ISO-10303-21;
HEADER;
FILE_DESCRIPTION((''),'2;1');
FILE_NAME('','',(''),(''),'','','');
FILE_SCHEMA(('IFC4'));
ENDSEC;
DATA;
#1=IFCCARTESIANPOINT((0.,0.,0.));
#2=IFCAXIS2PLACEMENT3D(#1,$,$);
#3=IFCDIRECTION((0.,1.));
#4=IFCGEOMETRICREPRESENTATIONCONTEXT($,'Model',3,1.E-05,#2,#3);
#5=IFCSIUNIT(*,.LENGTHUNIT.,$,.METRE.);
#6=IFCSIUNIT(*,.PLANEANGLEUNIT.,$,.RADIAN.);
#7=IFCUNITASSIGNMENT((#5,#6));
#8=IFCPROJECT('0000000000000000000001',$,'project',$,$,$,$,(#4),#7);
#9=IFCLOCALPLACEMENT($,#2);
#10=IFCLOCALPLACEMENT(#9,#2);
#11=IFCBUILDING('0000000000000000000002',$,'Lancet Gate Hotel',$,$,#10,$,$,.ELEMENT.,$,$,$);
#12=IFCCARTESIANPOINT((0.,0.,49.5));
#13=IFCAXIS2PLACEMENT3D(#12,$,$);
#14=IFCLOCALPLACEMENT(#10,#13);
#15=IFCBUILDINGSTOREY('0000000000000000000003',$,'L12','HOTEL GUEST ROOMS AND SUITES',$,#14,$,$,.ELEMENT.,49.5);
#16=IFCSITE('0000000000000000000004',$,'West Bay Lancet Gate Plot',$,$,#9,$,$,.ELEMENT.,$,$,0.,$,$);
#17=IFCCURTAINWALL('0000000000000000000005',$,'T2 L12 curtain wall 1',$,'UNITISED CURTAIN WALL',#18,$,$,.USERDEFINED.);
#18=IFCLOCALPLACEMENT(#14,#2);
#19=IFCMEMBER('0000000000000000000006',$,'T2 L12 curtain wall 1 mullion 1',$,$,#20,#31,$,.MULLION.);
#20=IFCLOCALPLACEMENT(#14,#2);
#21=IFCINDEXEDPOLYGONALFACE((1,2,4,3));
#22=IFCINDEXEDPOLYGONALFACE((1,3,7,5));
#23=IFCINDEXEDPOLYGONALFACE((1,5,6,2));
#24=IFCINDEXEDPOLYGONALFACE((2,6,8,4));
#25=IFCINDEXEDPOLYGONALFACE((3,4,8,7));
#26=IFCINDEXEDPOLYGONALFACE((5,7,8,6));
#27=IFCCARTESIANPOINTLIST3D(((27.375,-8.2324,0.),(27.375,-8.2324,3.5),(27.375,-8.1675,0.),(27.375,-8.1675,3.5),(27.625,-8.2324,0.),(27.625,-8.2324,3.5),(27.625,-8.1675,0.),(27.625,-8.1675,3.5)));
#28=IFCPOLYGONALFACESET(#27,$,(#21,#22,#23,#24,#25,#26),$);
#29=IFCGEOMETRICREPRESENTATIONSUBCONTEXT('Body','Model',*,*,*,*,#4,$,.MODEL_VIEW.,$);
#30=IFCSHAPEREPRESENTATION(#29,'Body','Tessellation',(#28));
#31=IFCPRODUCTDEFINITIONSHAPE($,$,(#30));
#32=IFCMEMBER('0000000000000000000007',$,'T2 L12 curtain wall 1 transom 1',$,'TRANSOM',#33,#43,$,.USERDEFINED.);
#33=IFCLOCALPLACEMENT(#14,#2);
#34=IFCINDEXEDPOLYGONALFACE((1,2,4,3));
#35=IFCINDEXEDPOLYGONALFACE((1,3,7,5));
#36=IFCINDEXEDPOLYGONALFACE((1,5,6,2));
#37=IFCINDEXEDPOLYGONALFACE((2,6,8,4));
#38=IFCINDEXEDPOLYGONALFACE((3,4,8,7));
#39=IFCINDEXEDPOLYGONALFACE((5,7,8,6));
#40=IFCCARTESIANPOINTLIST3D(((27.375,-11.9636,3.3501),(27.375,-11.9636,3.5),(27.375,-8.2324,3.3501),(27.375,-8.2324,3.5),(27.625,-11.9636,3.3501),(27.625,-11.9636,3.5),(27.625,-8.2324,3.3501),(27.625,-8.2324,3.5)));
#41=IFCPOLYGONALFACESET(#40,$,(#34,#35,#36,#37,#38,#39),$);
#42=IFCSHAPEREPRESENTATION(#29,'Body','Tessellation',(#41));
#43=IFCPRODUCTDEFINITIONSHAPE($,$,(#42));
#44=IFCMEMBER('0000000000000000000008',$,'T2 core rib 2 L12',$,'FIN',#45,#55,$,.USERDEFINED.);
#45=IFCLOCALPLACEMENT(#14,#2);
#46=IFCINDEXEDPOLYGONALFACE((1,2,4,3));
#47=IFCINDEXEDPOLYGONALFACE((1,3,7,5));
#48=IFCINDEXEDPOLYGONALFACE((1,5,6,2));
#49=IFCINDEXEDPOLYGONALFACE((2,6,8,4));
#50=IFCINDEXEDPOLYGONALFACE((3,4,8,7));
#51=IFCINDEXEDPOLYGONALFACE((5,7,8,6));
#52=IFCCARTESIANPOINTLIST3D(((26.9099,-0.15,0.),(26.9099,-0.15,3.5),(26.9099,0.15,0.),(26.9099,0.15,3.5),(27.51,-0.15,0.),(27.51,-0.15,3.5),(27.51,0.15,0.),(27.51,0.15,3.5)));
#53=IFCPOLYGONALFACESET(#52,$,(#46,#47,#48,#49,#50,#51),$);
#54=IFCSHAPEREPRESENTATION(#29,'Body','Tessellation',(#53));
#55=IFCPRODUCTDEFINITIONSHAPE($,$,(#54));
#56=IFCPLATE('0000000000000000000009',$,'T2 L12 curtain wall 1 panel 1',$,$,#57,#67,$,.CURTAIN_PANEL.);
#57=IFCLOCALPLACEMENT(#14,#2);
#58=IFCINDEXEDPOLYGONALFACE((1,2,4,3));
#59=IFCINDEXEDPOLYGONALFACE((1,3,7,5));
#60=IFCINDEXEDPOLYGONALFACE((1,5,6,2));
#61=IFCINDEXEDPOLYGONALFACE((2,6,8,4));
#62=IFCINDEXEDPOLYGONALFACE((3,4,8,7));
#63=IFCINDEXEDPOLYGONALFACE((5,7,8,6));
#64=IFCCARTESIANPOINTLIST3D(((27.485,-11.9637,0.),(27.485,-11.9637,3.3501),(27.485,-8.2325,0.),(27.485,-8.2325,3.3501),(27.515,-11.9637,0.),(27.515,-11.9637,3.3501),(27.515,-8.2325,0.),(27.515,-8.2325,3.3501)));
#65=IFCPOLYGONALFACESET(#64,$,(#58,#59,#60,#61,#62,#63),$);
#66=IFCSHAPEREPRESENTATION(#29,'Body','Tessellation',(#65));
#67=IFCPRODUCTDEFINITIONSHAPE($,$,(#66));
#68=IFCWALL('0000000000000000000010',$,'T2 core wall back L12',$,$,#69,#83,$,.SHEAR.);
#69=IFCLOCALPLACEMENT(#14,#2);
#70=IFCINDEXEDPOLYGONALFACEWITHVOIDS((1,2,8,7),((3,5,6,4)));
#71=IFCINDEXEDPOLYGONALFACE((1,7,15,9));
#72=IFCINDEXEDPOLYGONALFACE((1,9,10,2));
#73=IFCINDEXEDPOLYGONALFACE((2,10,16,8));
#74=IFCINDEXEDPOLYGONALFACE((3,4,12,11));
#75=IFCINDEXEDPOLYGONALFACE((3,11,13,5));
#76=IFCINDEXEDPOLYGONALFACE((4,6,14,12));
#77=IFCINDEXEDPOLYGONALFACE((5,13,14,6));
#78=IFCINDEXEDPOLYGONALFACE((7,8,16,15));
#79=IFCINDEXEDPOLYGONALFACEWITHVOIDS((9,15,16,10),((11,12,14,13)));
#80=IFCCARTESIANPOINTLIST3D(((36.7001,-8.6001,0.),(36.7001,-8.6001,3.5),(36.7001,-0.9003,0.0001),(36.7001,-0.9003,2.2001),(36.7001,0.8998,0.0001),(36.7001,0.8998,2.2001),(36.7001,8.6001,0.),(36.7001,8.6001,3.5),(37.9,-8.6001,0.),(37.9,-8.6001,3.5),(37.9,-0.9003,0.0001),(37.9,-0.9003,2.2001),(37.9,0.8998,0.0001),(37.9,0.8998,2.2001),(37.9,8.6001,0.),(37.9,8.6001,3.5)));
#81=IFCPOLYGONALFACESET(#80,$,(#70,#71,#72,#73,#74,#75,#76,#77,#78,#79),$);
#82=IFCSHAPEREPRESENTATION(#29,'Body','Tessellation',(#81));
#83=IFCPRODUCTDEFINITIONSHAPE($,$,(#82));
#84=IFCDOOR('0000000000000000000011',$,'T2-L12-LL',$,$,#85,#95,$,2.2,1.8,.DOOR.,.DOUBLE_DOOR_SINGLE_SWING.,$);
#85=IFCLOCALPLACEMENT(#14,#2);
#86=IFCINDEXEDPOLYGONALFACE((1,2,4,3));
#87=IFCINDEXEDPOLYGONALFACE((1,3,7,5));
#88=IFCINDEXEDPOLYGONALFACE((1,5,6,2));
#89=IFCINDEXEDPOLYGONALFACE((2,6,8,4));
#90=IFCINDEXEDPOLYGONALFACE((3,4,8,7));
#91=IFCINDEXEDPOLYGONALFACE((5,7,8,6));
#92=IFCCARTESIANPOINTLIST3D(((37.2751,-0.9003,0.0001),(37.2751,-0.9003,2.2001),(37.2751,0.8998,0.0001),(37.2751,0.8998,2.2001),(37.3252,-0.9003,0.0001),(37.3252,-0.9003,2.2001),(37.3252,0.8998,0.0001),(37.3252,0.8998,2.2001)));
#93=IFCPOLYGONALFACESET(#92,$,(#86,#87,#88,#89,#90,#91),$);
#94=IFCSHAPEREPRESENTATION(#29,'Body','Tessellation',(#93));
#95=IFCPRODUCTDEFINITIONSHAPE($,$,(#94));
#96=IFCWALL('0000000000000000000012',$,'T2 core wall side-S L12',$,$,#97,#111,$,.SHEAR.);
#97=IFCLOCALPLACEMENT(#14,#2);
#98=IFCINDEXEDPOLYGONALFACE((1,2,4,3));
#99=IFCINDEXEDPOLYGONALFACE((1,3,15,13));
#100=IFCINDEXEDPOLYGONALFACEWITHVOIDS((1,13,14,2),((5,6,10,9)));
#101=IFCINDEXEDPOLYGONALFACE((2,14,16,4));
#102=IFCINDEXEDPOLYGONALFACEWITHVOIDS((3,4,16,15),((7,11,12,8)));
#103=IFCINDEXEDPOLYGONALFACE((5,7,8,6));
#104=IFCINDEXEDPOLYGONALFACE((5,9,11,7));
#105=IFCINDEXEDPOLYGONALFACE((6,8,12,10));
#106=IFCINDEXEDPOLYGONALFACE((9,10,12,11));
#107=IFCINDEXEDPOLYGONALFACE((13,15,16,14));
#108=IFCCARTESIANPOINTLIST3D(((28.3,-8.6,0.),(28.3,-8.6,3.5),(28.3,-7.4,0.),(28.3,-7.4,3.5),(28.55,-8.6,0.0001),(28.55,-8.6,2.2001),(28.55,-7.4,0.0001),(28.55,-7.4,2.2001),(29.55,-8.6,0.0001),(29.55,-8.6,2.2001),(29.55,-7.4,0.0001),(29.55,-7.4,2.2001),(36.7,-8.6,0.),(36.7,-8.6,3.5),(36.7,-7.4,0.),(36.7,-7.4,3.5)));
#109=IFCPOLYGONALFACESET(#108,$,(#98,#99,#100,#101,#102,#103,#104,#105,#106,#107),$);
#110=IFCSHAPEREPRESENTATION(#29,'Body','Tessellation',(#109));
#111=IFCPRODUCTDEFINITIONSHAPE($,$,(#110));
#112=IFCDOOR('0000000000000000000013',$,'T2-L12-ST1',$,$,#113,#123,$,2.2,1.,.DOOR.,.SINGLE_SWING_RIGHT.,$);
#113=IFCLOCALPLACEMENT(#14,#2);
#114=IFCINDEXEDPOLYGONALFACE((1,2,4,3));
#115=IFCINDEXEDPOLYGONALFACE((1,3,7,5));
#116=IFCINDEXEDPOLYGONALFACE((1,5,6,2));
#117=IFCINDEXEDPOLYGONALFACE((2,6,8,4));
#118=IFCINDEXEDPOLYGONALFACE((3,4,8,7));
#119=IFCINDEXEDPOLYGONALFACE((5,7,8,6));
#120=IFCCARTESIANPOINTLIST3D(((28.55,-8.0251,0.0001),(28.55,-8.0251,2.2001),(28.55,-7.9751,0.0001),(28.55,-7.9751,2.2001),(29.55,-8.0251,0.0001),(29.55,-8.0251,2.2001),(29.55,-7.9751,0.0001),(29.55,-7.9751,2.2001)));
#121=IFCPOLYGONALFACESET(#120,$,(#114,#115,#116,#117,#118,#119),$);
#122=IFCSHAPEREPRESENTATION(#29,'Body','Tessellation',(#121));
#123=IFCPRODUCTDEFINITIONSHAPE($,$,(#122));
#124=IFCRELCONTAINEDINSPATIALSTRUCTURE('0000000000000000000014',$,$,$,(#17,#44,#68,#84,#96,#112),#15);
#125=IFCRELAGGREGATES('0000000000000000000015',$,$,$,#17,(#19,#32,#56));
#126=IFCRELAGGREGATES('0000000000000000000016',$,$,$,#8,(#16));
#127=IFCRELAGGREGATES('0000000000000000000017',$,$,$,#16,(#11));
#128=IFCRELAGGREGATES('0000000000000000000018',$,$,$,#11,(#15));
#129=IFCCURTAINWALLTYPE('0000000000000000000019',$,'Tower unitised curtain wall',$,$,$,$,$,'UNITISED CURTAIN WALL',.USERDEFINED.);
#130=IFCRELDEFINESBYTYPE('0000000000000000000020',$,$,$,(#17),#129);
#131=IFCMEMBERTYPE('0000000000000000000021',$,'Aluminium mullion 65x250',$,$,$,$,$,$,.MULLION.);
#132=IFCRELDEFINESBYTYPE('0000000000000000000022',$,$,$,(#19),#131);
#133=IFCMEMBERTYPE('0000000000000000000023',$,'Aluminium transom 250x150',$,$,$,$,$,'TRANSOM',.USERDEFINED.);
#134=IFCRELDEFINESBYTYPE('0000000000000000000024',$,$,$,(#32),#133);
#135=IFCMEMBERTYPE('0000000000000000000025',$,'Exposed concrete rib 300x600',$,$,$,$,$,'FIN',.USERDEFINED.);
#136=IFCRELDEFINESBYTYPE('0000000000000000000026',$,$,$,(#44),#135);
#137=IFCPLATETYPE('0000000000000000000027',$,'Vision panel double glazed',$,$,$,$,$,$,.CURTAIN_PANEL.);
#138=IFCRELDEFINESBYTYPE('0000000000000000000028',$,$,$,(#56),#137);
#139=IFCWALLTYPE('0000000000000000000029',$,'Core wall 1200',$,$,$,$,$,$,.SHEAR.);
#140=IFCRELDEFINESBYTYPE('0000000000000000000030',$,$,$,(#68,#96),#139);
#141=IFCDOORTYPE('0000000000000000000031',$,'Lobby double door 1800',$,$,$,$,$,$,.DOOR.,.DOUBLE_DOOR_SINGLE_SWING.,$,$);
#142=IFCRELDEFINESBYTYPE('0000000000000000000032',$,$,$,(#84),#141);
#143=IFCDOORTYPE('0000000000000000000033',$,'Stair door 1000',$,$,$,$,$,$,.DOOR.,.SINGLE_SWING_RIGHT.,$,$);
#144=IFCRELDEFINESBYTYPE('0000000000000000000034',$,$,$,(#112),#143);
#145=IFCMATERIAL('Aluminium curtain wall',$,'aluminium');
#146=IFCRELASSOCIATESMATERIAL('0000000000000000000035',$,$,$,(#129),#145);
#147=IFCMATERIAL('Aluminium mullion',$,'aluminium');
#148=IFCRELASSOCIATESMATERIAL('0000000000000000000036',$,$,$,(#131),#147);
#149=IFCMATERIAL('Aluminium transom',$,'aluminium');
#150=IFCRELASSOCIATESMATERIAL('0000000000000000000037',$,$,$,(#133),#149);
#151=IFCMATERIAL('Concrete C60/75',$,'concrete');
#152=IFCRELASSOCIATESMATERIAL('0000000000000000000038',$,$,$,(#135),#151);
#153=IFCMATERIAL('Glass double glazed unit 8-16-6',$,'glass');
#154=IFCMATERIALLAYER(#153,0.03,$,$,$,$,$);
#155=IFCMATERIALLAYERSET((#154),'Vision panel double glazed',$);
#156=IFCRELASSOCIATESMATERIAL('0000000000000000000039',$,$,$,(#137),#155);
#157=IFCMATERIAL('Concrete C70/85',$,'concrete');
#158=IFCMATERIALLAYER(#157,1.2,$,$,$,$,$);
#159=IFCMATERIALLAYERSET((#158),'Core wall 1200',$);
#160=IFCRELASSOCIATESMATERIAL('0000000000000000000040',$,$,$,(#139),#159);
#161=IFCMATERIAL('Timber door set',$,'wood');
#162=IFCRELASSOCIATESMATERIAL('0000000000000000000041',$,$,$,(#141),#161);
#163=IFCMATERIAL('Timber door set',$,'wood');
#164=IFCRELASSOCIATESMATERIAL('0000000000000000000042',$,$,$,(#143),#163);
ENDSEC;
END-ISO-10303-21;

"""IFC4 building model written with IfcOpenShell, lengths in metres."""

from ifc_helpers import new_model, si_unit, direction, frame, frame_2d, origin, origin_2d, place, context, subcontext, project, spatial, rectangle, extrude, material, layer, layer_set, material_profile, profile_set, type_object, element, fill, aggregate, save


model = new_model("IFC4")

# Units and contexts
model_context = context("Model", 3, precision=1e-05, world=origin(), true_north=direction((0.0, 1.0)))
body_context = subcontext(model_context, "Body", "Model", "MODEL_VIEW")
ifc_project = project(units=[si_unit("LENGTHUNIT", "METRE"), si_unit("PLANEANGLEUNIT", "RADIAN")], contexts=[model_context])

# Site, building, storey
site_placement = place(None, origin())
site = spatial("IfcSite", under=ifc_project, at=site_placement, Name="West Bay Lancet Gate Plot", CompositionType="ELEMENT", RefElevation=0.0)
building_placement = place(site_placement, origin())
building = spatial("IfcBuilding", under=site, at=building_placement, Name="Lancet Gate Hotel", CompositionType="ELEMENT")
storey_placement = place(building_placement, frame((0.0, 0.0, 49.5)))
storey = spatial("IfcBuildingStorey", under=building, at=storey_placement, Name="L12", Description="HOTEL GUEST ROOMS AND SUITES", CompositionType="ELEMENT", Elevation=49.5)

# Curtain wall, members
ifc_material_1 = material(Name="Aluminium curtain wall", Category="aluminium")
curtain_wall_type = type_object("IfcCurtainWallType", Name="Tower unitised curtain wall", ElementType="UNITISED CURTAIN WALL", PredefinedType="USERDEFINED", material=ifc_material_1)
curtain_wall_placement = place(storey_placement, origin())
curtain_wall = element("IfcCurtainWall", 1, at=curtain_wall_placement, inside=storey, type_object=curtain_wall_type, Name="T2 L12 curtain wall 1", ObjectType="UNITISED CURTAIN WALL", PredefinedType="USERDEFINED")
ifc_material_2 = material(Name="Aluminium mullion", Category="aluminium")
ifc_material_profile_1 = material_profile(ifc_material_2, rectangle(XDim=0.0649, YDim=0.25, at=origin_2d()), Name="MULLION 65x250")
ifc_profile_set_1 = profile_set([ifc_material_profile_1], Name="Aluminium mullion")
member_type_1 = type_object("IfcMemberType", Name="Aluminium mullion 65x250", PredefinedType="MULLION", material=ifc_profile_set_1)
member_1_placement = place(storey_placement, frame((27.5, -8.2, 0.0), z_axis=(0.0, 0.0, 1.0), x_axis=(0.0, -1.0, 0.0)))
member_1 = element("IfcMember", 2, at=member_1_placement, type_object=member_type_1, Name="T2 L12 curtain wall 1 mullion 1", PredefinedType="MULLION", context=body_context, shape_type="SweptSolid", body=[
    extrude(rectangle(XDim=0.0649, YDim=0.25, at=origin_2d()), origin(), (0.0, 0.0, 1.0), 3.5),
])
ifc_material_3 = material(Name="Aluminium transom", Category="aluminium")
ifc_material_profile_2 = material_profile(ifc_material_3, rectangle(XDim=0.25, YDim=0.1499, at=origin_2d()), Name="TRANSOM 250x150")
ifc_profile_set_2 = profile_set([ifc_material_profile_2], Name="Aluminium transom")
member_type_2 = type_object("IfcMemberType", Name="Aluminium transom 250x150", ElementType="TRANSOM", PredefinedType="USERDEFINED", material=ifc_profile_set_2)
member_2_placement = place(storey_placement, frame((27.5, -8.2324, 3.425), z_axis=(0.0, -1.0, 0.0), x_axis=(1.0, 0.0, 0.0)))
member_2 = element("IfcMember", 3, at=member_2_placement, type_object=member_type_2, Name="T2 L12 curtain wall 1 transom 1", ObjectType="TRANSOM", PredefinedType="USERDEFINED", context=body_context, shape_type="SweptSolid", body=[
    extrude(rectangle(XDim=0.25, YDim=0.1499, at=origin_2d()), origin(), (0.0, 0.0, 1.0), 3.7312),
])

# Member
ifc_material_4 = material(Name="Concrete C60/75", Category="concrete")
ifc_material_profile_3 = material_profile(ifc_material_4, rectangle(XDim=0.3, YDim=0.6001, at=origin_2d()), Name="FIN 300x600")
ifc_profile_set_3 = profile_set([ifc_material_profile_3], Name="Concrete C60/75")
member_type_3 = type_object("IfcMemberType", Name="Exposed concrete rib 300x600", ElementType="FIN", PredefinedType="USERDEFINED", material=ifc_profile_set_3)
member_3_placement = place(storey_placement, frame((27.21, 0.0, 0.0), z_axis=(0.0, 0.0, 1.0), x_axis=(0.0, 1.0, 0.0)))
element("IfcMember", 4, at=member_3_placement, inside=storey, type_object=member_type_3, Name="T2 core rib 2 L12", ObjectType="FIN", PredefinedType="USERDEFINED", context=body_context, shape_type="SweptSolid", body=[
    extrude(rectangle(XDim=0.3, YDim=0.6001, at=origin_2d()), origin(), (0.0, 0.0, 1.0), 3.5),
])

# Plate
ifc_material_5 = material(Name="Glass double glazed unit 8-16-6", Category="glass")
ifc_layer_1 = layer(ifc_material_5, 0.03)
ifc_layer_set_1 = layer_set([ifc_layer_1], Name="Vision panel double glazed")
plate_type = type_object("IfcPlateType", Name="Vision panel double glazed", PredefinedType="CURTAIN_PANEL", material=ifc_layer_set_1)
plate_placement = place(storey_placement, frame((27.5, -10.0981, 0.0), z_axis=(0.0, 0.0, 1.0), x_axis=(0.0, -1.0, 0.0)))
plate = element("IfcPlate", 5, at=plate_placement, type_object=plate_type, Name="T2 L12 curtain wall 1 panel 1", PredefinedType="CURTAIN_PANEL", context=body_context, shape_type="SweptSolid", body=[
    extrude(rectangle(XDim=3.7312, YDim=0.03, at=origin_2d()), origin(), (0.0, 0.0, 1.0), 3.3501),
])
aggregate(curtain_wall, [member_1, member_2, plate])

# Walls, openings, doors
ifc_material_6 = material(Name="Concrete C70/85", Category="concrete")
ifc_layer_2 = layer(ifc_material_6, 1.2)
ifc_layer_set_2 = layer_set([ifc_layer_2], Name="Core wall 1200")
wall_type_1 = type_object("IfcWallType", Name="Core wall 1200", PredefinedType="SHEAR", material=ifc_layer_set_2)
wall_1_placement = place(storey_placement, frame((37.3, -8.6001, 0.0), z_axis=(0.0, 0.0, 1.0), x_axis=(0.0, 1.0, 0.0)))
wall_1 = element("IfcWall", 6, at=wall_1_placement, inside=storey, type_object=wall_type_1, Name="T2 core wall back L12", PredefinedType="SHEAR", context=body_context, shape_type="SweptSolid", body=[
    extrude(rectangle(XDim=17.2002, YDim=1.2, at=frame_2d((8.6001, 0.0))), origin(), (0.0, 0.0, 1.0), 3.5),
])
opening_1_placement = place(wall_1_placement, frame((7.7, 0.0, 0.0)))
opening_1 = element("IfcOpeningElement", 7, at=opening_1_placement, cuts=wall_1, PredefinedType="OPENING", context=body_context, shape_type="SweptSolid", body=[
    extrude(rectangle(XDim=1.8, YDim=2.2, at=frame_2d((0.8999, 1.1001))), frame((0.0, 0.6099, 0.0), z_axis=(0.0, -1.0, 0.0), x_axis=(1.0, 0.0, 0.0)), (0.0, 0.0, 1.0), 1.22),
])
ifc_material_7 = material(Name="Timber door set", Category="wood")
door_type_1 = type_object("IfcDoorType", Name="Lobby double door 1800", OperationType="DOUBLE_DOOR_SINGLE_SWING", PredefinedType="DOOR", material=ifc_material_7)
door_1_placement = place(opening_1_placement, origin())
door_1 = element("IfcDoor", 8, at=door_1_placement, inside=storey, type_object=door_type_1, Name="T2-L12-LL", OperationType="DOUBLE_DOOR_SINGLE_SWING", OverallHeight=2.2, OverallWidth=1.8, PredefinedType="DOOR", context=body_context, shape_type="SweptSolid", body=[
    extrude(rectangle(XDim=1.8, YDim=2.2, at=frame_2d((0.8999, 1.1001))), frame((0.0, 0.0249, 0.0), z_axis=(0.0, -1.0, 0.0), x_axis=(1.0, 0.0, 0.0)), (0.0, 0.0, 1.0), 0.05),
])
fill(opening_1, door_1)
wall_2_placement = place(storey_placement, frame((28.3, -8.0, 0.0), z_axis=(0.0, 0.0, 1.0), x_axis=(1.0, 0.0, 0.0)))
wall_2 = element("IfcWall", 9, at=wall_2_placement, inside=storey, type_object=wall_type_1, Name="T2 core wall side-S L12", PredefinedType="SHEAR", context=body_context, shape_type="SweptSolid", body=[
    extrude(rectangle(XDim=8.3999, YDim=1.2, at=frame_2d((4.2, 0.0))), origin(), (0.0, 0.0, 1.0), 3.5),
])
opening_2_placement = place(wall_2_placement, frame((0.25, 0.0, 0.0)))
opening_2 = element("IfcOpeningElement", 10, at=opening_2_placement, cuts=wall_2, PredefinedType="OPENING", context=body_context, shape_type="SweptSolid", body=[
    extrude(rectangle(XDim=1.0, YDim=2.2, at=frame_2d((0.5, 1.1001))), frame((0.0, 0.6099, 0.0), z_axis=(0.0, -1.0, 0.0), x_axis=(1.0, 0.0, 0.0)), (0.0, 0.0, 1.0), 1.22),
])
ifc_material_8 = material(Name="Timber door set", Category="wood")
door_type_2 = type_object("IfcDoorType", Name="Stair door 1000", OperationType="SINGLE_SWING_RIGHT", PredefinedType="DOOR", material=ifc_material_8)
door_2_placement = place(opening_2_placement, origin())
door_2 = element("IfcDoor", 11, at=door_2_placement, inside=storey, type_object=door_type_2, Name="T2-L12-ST1", OperationType="SINGLE_SWING_RIGHT", OverallHeight=2.2, OverallWidth=1.0, PredefinedType="DOOR", context=body_context, shape_type="SweptSolid", body=[
    extrude(rectangle(XDim=1.0, YDim=2.2, at=frame_2d((0.5, 1.1001))), frame((0.0, 0.0249, 0.0), z_axis=(0.0, -1.0, 0.0), x_axis=(1.0, 0.0, 0.0)), (0.0, 0.0, 1.0), 0.05),
])
fill(opening_2, door_2)

save(model, "model.ifc")
